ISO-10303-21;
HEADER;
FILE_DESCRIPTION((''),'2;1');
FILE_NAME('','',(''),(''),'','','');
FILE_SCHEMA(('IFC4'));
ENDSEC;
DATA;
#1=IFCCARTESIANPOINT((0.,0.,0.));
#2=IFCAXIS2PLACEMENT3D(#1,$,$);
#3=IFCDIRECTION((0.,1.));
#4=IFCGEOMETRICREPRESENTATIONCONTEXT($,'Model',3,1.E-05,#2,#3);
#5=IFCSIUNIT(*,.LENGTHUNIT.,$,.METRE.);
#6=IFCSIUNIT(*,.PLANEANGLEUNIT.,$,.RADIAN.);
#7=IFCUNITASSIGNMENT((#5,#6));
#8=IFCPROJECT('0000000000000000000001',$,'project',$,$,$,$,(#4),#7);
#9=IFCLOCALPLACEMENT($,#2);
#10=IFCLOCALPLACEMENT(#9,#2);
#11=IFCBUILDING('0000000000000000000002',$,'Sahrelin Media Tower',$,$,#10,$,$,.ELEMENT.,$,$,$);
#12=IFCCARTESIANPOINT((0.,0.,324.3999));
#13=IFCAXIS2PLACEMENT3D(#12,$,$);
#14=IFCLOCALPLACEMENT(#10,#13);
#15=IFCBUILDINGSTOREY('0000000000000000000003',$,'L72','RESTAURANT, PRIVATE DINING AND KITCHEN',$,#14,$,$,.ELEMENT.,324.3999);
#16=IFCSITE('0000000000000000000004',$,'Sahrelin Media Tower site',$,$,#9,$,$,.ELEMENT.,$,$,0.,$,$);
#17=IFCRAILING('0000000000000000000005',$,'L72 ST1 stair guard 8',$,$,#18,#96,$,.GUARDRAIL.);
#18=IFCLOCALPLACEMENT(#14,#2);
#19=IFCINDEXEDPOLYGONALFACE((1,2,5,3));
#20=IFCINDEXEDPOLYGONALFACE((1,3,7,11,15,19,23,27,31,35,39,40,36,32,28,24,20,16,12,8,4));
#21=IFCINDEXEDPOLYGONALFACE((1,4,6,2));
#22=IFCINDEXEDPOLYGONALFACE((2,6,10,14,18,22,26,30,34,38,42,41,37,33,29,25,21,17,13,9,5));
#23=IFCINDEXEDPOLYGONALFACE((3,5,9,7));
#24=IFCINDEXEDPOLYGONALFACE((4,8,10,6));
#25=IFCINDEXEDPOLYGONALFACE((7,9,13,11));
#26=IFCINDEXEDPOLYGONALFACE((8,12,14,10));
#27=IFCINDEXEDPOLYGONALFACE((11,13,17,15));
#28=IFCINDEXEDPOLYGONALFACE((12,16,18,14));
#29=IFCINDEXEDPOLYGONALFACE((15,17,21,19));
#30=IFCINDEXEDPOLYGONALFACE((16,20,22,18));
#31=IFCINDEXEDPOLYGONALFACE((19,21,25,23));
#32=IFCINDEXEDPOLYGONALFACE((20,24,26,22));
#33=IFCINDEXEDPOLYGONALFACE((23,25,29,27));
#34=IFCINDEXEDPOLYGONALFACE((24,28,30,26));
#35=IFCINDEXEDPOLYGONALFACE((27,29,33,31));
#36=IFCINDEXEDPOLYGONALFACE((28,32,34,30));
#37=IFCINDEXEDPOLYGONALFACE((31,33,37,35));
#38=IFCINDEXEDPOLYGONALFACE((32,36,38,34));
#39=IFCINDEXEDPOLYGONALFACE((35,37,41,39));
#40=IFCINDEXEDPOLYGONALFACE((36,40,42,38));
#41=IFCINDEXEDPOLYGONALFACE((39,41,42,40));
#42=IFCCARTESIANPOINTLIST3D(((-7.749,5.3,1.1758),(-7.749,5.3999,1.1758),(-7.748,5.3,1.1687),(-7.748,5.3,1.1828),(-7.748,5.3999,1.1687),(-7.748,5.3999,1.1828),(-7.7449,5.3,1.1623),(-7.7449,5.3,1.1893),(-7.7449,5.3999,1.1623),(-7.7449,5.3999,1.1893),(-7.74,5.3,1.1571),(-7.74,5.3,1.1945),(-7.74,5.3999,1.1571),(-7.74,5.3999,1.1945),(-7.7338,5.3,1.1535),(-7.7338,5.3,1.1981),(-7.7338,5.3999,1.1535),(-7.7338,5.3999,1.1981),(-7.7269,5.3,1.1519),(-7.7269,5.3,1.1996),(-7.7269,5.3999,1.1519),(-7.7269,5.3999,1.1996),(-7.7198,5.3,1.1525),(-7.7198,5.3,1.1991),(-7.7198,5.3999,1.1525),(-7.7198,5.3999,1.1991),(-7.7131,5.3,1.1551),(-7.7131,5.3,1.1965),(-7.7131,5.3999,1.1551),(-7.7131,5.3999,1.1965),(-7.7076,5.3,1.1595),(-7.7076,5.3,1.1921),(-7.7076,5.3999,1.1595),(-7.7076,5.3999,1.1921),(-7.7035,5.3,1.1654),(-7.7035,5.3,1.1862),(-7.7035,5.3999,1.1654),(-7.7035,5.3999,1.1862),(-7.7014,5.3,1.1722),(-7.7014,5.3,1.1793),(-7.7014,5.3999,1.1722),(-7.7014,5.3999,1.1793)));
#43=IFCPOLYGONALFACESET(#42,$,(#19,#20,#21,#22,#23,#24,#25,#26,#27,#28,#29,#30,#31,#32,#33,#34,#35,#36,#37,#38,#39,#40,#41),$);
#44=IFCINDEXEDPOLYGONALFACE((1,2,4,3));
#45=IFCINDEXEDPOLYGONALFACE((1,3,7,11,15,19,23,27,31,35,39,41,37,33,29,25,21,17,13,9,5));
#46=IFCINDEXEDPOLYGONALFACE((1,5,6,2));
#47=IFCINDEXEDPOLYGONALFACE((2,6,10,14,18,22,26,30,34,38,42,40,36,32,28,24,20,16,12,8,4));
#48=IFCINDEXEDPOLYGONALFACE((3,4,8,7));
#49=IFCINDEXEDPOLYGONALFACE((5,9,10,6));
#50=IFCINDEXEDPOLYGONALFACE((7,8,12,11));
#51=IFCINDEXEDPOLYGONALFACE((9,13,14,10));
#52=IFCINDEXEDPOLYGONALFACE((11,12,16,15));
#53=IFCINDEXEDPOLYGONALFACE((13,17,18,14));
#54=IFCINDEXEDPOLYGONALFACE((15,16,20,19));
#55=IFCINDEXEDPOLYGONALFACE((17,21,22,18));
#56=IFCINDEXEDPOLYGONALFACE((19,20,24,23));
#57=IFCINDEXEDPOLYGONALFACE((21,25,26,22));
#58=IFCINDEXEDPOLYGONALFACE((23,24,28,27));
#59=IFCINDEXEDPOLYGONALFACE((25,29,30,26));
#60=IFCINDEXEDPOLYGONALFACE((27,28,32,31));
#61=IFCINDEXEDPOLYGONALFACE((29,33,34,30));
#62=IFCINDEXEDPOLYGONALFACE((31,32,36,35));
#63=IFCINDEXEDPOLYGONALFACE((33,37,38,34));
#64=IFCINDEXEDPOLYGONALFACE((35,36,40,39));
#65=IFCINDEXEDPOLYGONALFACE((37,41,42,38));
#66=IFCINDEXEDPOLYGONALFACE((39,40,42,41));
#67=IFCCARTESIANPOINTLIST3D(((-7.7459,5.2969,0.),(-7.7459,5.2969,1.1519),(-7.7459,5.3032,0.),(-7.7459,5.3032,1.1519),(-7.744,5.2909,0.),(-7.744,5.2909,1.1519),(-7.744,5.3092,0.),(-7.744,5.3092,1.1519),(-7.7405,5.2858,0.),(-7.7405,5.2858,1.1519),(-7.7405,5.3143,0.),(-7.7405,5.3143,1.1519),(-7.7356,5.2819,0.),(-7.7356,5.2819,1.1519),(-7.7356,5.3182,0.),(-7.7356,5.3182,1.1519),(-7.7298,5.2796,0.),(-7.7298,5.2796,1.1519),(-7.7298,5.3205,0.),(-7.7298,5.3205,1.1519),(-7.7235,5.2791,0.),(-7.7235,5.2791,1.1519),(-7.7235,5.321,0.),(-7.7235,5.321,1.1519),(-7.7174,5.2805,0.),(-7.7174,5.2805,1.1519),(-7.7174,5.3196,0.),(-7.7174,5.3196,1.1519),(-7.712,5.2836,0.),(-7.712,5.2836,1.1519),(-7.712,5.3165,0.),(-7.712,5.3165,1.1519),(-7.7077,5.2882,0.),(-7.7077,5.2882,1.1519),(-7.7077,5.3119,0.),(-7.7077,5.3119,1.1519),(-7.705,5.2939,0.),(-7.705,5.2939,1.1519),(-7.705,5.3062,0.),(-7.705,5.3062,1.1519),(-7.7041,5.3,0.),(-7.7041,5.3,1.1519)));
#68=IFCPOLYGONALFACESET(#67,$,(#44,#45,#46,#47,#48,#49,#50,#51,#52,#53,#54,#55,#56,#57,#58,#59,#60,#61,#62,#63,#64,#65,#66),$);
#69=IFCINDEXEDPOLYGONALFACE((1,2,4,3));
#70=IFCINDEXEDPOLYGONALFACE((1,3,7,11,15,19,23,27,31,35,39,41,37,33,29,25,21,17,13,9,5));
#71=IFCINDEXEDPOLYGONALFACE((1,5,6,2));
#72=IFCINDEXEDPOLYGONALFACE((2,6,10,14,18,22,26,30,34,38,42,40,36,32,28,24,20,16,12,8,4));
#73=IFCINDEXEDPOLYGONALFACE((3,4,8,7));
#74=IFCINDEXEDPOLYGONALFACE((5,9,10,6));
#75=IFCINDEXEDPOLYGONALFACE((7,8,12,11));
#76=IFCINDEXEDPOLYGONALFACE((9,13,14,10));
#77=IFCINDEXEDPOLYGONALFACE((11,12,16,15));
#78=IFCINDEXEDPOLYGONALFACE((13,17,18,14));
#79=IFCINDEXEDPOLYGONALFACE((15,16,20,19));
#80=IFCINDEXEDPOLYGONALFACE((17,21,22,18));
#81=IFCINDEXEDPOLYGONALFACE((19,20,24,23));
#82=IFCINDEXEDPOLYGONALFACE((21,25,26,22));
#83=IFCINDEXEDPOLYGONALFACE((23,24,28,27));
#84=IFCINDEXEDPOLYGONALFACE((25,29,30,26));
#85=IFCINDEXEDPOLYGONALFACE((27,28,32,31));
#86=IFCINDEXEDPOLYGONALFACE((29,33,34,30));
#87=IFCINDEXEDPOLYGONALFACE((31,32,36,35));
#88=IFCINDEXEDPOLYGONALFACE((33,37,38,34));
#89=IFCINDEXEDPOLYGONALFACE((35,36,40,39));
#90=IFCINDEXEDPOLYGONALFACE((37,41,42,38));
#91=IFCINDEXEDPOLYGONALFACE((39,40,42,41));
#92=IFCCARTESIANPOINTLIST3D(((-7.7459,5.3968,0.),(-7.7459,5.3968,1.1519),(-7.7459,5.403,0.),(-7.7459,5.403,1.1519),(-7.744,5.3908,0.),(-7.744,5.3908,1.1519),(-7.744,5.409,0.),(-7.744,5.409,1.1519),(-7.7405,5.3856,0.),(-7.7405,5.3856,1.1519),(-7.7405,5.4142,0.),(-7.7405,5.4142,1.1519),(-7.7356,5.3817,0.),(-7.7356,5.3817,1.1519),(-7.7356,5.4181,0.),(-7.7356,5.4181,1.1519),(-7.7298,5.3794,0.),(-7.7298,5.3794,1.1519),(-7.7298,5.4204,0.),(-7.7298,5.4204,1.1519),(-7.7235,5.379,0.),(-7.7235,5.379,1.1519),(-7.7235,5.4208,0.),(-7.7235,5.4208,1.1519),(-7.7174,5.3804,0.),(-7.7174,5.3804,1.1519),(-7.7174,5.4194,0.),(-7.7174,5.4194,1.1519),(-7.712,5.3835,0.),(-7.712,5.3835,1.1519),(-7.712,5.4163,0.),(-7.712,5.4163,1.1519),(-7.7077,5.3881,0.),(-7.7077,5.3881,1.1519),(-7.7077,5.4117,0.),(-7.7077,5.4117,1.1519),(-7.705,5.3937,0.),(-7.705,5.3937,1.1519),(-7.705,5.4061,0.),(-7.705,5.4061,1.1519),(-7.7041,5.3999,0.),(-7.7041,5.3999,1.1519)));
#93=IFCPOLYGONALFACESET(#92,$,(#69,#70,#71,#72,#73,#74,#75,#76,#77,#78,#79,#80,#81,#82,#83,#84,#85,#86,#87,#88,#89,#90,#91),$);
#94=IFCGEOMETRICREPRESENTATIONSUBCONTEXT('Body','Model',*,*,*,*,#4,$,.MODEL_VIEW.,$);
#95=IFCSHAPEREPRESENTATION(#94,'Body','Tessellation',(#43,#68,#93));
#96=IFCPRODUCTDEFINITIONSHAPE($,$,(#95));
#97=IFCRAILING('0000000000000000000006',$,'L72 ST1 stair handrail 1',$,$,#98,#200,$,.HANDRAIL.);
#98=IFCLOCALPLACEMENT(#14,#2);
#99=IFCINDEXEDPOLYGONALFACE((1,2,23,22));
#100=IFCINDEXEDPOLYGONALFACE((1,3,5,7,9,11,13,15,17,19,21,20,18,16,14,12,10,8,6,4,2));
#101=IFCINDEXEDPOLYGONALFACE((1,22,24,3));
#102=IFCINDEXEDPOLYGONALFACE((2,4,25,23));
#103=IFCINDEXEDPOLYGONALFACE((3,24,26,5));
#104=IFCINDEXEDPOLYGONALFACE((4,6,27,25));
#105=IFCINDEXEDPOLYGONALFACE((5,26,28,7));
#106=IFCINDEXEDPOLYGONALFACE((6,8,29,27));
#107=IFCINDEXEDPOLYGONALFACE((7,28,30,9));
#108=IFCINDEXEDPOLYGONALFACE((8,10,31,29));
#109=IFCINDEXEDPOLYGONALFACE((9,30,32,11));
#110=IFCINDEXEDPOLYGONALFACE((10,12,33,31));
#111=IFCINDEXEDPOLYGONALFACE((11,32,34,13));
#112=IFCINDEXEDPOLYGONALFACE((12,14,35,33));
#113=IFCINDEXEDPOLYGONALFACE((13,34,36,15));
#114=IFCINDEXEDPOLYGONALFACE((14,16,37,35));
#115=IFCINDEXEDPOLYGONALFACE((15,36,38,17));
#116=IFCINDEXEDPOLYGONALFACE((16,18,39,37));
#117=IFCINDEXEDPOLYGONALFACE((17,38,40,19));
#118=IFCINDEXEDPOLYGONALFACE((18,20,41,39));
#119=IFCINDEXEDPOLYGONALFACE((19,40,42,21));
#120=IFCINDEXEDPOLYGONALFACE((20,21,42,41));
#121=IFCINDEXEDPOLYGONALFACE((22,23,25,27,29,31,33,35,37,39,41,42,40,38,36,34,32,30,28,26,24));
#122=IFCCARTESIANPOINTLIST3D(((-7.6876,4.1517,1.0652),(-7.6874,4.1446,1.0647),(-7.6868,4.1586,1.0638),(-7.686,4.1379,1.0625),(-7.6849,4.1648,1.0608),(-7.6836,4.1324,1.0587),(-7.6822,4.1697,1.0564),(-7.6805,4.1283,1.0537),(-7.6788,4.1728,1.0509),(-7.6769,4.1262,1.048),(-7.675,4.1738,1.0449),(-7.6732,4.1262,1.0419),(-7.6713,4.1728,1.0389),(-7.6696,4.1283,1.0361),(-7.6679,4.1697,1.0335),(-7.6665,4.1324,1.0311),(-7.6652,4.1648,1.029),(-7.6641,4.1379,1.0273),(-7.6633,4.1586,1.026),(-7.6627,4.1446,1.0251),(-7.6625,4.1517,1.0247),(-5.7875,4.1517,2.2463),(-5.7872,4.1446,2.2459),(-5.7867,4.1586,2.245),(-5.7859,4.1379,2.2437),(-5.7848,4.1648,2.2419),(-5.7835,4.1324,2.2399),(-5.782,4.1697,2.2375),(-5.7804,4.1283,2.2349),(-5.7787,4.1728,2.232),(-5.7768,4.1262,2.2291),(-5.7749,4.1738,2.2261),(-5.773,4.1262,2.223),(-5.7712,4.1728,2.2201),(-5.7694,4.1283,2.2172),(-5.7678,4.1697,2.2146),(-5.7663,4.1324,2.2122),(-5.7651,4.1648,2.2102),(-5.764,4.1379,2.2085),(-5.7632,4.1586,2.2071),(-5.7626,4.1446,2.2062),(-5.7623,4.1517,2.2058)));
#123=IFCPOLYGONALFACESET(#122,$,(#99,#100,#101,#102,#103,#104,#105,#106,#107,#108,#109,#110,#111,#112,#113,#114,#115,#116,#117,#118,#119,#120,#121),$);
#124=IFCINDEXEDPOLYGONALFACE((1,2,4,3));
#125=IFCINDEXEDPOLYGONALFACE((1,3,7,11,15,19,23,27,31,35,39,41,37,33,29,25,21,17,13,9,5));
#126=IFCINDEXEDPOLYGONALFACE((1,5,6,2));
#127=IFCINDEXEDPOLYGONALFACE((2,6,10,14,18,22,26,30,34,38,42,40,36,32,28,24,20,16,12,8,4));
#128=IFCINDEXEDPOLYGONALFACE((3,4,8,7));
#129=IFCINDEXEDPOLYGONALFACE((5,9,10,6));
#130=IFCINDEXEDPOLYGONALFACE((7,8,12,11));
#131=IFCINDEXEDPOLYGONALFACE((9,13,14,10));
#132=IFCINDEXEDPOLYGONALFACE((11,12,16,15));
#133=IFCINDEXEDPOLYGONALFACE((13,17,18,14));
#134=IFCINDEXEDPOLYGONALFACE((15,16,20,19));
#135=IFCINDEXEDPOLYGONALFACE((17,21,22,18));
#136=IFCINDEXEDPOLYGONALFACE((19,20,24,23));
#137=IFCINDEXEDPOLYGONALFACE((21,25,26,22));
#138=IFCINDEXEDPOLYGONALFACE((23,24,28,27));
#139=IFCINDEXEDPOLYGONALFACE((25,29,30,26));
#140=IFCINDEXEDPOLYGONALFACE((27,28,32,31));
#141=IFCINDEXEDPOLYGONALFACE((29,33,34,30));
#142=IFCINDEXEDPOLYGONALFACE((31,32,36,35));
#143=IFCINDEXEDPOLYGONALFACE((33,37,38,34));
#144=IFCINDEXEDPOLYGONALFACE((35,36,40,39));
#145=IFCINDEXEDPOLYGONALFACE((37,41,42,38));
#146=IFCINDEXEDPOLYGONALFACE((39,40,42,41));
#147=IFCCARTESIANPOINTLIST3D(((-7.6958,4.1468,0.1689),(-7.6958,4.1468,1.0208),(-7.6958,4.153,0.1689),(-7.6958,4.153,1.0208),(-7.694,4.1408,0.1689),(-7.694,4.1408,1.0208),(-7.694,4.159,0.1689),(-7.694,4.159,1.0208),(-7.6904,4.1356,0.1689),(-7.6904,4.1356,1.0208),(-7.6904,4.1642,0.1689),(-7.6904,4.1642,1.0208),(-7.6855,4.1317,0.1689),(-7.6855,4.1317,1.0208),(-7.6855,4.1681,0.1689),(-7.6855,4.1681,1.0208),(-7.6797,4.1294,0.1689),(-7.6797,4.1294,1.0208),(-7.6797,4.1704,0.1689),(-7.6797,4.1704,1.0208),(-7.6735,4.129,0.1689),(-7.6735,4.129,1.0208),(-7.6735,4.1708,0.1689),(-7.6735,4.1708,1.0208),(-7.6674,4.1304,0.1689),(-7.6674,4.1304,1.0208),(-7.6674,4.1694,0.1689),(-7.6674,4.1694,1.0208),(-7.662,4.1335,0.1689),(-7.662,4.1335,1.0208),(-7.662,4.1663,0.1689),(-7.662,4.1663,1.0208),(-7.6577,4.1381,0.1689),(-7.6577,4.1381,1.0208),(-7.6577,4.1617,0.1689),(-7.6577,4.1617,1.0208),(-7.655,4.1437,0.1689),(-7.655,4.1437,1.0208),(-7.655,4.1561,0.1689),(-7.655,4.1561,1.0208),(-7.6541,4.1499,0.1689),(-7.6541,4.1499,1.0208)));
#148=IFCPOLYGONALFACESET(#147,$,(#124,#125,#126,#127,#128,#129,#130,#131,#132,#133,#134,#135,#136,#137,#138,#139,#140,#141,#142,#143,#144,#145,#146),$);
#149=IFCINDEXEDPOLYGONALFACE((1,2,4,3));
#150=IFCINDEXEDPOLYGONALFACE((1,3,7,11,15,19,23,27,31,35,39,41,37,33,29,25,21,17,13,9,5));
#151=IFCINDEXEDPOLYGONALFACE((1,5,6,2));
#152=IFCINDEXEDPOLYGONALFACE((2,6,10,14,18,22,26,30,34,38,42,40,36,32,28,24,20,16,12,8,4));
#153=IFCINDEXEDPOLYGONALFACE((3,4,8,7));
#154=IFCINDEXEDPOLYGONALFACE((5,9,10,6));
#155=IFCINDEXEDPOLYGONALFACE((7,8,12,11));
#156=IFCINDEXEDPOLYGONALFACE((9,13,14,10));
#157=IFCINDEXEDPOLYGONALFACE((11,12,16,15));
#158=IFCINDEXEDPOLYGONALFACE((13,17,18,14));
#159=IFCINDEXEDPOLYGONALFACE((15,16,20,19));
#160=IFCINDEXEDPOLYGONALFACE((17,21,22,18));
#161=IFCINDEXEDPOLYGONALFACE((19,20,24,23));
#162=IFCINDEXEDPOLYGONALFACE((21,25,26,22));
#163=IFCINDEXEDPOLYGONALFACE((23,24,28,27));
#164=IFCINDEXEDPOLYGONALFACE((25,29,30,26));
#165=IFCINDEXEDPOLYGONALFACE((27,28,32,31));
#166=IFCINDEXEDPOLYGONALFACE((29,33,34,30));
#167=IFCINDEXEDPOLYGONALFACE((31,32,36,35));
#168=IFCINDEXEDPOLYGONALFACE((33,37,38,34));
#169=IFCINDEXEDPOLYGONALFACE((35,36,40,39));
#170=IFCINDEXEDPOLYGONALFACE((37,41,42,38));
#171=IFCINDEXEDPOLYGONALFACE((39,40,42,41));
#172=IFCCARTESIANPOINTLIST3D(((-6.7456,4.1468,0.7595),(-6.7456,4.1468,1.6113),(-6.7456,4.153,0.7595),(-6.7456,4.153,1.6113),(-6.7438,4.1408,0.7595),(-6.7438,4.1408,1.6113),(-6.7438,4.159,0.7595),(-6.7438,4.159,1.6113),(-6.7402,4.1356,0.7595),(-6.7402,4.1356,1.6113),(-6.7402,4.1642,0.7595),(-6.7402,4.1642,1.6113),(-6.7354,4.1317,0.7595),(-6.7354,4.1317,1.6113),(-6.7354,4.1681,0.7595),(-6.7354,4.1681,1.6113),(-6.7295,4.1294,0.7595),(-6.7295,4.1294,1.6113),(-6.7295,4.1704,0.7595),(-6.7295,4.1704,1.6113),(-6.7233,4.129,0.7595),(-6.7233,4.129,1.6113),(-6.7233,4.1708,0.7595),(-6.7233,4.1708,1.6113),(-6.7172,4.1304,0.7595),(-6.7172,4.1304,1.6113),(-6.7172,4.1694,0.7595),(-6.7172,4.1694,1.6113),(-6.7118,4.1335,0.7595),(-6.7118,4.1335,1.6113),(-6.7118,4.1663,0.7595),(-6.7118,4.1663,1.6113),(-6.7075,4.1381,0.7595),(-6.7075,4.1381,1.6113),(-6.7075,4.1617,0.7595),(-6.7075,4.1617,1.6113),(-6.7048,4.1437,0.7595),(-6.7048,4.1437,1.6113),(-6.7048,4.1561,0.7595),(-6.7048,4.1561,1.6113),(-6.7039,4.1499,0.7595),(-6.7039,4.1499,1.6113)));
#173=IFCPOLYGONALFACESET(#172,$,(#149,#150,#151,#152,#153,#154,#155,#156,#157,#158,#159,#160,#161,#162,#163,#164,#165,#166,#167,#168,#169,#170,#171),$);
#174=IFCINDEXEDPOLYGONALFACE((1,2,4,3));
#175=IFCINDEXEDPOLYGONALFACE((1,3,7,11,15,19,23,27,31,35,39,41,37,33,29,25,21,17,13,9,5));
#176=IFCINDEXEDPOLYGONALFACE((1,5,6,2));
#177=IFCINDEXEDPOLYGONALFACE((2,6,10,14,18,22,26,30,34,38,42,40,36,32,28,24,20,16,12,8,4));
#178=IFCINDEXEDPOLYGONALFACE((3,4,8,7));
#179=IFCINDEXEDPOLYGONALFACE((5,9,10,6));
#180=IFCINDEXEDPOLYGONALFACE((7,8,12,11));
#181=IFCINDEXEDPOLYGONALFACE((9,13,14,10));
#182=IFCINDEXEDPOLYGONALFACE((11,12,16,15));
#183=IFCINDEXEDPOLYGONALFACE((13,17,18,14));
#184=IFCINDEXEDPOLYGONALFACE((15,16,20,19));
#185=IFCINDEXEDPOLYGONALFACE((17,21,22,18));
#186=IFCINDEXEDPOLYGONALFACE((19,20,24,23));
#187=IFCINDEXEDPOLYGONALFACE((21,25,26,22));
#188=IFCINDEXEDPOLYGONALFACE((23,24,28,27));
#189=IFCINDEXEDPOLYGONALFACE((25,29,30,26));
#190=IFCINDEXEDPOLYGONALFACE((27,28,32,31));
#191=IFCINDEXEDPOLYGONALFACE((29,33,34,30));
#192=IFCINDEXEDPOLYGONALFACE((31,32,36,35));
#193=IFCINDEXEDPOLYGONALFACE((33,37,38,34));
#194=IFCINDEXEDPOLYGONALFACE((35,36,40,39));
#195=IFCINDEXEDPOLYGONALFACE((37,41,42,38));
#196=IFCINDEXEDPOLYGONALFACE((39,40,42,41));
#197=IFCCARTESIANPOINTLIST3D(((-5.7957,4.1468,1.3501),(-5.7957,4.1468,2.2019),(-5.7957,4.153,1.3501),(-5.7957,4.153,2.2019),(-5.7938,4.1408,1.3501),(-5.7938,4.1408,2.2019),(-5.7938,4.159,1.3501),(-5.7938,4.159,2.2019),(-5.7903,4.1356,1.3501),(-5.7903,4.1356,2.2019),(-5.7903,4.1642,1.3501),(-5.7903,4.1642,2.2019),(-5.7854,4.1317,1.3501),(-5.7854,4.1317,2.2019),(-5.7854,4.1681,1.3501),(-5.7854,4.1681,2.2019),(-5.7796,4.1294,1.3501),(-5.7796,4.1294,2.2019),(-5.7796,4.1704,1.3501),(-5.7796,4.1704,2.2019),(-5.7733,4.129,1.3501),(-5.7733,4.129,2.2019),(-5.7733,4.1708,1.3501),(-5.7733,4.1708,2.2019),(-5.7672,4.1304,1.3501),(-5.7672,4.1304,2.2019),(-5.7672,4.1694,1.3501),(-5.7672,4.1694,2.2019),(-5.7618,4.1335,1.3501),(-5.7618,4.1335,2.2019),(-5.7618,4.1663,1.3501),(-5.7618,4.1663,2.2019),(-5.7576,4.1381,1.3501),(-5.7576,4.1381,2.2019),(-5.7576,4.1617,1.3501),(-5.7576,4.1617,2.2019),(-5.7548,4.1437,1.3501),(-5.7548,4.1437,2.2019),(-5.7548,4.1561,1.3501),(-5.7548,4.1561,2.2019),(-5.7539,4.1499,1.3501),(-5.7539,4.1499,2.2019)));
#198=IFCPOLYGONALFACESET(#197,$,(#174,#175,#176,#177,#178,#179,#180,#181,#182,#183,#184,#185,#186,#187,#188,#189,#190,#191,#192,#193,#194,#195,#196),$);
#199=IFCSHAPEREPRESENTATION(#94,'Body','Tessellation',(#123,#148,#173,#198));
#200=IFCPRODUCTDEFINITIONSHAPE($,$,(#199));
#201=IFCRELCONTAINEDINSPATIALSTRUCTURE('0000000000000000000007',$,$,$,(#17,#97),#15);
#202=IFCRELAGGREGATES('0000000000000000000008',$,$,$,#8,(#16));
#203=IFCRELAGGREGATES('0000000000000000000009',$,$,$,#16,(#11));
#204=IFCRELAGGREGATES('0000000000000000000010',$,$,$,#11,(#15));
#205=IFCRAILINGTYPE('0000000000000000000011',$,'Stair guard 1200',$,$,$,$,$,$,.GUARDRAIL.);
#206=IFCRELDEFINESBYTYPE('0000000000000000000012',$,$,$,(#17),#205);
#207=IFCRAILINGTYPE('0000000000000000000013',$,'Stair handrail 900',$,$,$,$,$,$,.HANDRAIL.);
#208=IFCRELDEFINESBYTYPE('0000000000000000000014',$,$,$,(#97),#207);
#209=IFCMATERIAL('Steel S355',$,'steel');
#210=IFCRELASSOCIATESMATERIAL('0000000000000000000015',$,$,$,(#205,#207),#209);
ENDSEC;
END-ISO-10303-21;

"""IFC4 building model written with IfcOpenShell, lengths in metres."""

from ifc_helpers import new_model, si_unit, direction, frame, origin, origin_2d, place, context, subcontext, project, spatial, circle, extrude, material, type_object, element, save


model = new_model("IFC4")

# Units and contexts
model_context = context("Model", 3, precision=1e-05, world=origin(), true_north=direction((0.0, 1.0)))
body_context = subcontext(model_context, "Body", "Model", "MODEL_VIEW")
ifc_project = project(units=[si_unit("LENGTHUNIT", "METRE"), si_unit("PLANEANGLEUNIT", "RADIAN")], contexts=[model_context])

# Site, building, storey
site_placement = place(None, origin())
site = spatial("IfcSite", under=ifc_project, at=site_placement, Name="Sahrelin Media Tower site", CompositionType="ELEMENT", RefElevation=0.0)
building_placement = place(site_placement, origin())
building = spatial("IfcBuilding", under=site, at=building_placement, Name="Sahrelin Media Tower", CompositionType="ELEMENT")
storey_placement = place(building_placement, frame((0.0, 0.0, 324.3999)))
storey = spatial("IfcBuildingStorey", under=building, at=storey_placement, Name="L72", Description="RESTAURANT, PRIVATE DINING AND KITCHEN", CompositionType="ELEMENT", Elevation=324.3999)

# Shared definitions
ifc_material_1 = material(Name="Steel S355", Category="steel")

# Railings
railing_type_1 = type_object("IfcRailingType", Name="Stair guard 1200", PredefinedType="GUARDRAIL", material=ifc_material_1)
railing_1_placement = place(storey_placement, frame((-7.7251, 5.3, 0.0)))
element("IfcRailing", 1, at=railing_1_placement, inside=storey, type_object=railing_type_1, Name="L72 ST1 stair guard 8", PredefinedType="GUARDRAIL", context=body_context, shape_type="SweptSolid", body=[
    extrude(circle(Radius=0.0239, at=origin_2d()), frame((0.0, 0.0, 1.1758), z_axis=(0.0, 1.0, 0.0), x_axis=(-1.0, 0.0, 0.0)), (0.0, 0.0, 1.0), 0.0999),
    extrude(circle(Radius=0.021, at=origin_2d()), origin(), (0.0, 0.0, 1.0), 1.1519),
    extrude(circle(Radius=0.021, at=origin_2d()), frame((0.0, 0.0999, 0.0)), (0.0, 0.0, 1.0), 1.1519),
])
railing_type_2 = type_object("IfcRailingType", Name="Stair handrail 900", PredefinedType="HANDRAIL", material=ifc_material_1)
railing_2_placement = place(storey_placement, frame((-7.675, 4.1499, 0.1689)))
element("IfcRailing", 2, at=railing_2_placement, inside=storey, type_object=railing_type_2, Name="L72 ST1 stair handrail 1", PredefinedType="HANDRAIL", context=body_context, shape_type="SweptSolid", body=[
    extrude(circle(Radius=0.0239, at=origin_2d()), frame((0.0, 0.0, 0.876), z_axis=(0.849289, 0.0, 0.527928), x_axis=(0.0, 1.0, 0.0)), (0.0, 0.0, 1.0), 2.2373),
    extrude(circle(Radius=0.021, at=origin_2d()), origin(), (0.0, 0.0, 1.0), 0.8518),
    extrude(circle(Radius=0.021, at=origin_2d()), frame((0.9502, 0.0, 0.5906)), (0.0, 0.0, 1.0), 0.8518),
    extrude(circle(Radius=0.021, at=origin_2d()), frame((1.9001, 0.0, 1.1812)), (0.0, 0.0, 1.0), 0.8518),
])

save(model, "model.ifc")
